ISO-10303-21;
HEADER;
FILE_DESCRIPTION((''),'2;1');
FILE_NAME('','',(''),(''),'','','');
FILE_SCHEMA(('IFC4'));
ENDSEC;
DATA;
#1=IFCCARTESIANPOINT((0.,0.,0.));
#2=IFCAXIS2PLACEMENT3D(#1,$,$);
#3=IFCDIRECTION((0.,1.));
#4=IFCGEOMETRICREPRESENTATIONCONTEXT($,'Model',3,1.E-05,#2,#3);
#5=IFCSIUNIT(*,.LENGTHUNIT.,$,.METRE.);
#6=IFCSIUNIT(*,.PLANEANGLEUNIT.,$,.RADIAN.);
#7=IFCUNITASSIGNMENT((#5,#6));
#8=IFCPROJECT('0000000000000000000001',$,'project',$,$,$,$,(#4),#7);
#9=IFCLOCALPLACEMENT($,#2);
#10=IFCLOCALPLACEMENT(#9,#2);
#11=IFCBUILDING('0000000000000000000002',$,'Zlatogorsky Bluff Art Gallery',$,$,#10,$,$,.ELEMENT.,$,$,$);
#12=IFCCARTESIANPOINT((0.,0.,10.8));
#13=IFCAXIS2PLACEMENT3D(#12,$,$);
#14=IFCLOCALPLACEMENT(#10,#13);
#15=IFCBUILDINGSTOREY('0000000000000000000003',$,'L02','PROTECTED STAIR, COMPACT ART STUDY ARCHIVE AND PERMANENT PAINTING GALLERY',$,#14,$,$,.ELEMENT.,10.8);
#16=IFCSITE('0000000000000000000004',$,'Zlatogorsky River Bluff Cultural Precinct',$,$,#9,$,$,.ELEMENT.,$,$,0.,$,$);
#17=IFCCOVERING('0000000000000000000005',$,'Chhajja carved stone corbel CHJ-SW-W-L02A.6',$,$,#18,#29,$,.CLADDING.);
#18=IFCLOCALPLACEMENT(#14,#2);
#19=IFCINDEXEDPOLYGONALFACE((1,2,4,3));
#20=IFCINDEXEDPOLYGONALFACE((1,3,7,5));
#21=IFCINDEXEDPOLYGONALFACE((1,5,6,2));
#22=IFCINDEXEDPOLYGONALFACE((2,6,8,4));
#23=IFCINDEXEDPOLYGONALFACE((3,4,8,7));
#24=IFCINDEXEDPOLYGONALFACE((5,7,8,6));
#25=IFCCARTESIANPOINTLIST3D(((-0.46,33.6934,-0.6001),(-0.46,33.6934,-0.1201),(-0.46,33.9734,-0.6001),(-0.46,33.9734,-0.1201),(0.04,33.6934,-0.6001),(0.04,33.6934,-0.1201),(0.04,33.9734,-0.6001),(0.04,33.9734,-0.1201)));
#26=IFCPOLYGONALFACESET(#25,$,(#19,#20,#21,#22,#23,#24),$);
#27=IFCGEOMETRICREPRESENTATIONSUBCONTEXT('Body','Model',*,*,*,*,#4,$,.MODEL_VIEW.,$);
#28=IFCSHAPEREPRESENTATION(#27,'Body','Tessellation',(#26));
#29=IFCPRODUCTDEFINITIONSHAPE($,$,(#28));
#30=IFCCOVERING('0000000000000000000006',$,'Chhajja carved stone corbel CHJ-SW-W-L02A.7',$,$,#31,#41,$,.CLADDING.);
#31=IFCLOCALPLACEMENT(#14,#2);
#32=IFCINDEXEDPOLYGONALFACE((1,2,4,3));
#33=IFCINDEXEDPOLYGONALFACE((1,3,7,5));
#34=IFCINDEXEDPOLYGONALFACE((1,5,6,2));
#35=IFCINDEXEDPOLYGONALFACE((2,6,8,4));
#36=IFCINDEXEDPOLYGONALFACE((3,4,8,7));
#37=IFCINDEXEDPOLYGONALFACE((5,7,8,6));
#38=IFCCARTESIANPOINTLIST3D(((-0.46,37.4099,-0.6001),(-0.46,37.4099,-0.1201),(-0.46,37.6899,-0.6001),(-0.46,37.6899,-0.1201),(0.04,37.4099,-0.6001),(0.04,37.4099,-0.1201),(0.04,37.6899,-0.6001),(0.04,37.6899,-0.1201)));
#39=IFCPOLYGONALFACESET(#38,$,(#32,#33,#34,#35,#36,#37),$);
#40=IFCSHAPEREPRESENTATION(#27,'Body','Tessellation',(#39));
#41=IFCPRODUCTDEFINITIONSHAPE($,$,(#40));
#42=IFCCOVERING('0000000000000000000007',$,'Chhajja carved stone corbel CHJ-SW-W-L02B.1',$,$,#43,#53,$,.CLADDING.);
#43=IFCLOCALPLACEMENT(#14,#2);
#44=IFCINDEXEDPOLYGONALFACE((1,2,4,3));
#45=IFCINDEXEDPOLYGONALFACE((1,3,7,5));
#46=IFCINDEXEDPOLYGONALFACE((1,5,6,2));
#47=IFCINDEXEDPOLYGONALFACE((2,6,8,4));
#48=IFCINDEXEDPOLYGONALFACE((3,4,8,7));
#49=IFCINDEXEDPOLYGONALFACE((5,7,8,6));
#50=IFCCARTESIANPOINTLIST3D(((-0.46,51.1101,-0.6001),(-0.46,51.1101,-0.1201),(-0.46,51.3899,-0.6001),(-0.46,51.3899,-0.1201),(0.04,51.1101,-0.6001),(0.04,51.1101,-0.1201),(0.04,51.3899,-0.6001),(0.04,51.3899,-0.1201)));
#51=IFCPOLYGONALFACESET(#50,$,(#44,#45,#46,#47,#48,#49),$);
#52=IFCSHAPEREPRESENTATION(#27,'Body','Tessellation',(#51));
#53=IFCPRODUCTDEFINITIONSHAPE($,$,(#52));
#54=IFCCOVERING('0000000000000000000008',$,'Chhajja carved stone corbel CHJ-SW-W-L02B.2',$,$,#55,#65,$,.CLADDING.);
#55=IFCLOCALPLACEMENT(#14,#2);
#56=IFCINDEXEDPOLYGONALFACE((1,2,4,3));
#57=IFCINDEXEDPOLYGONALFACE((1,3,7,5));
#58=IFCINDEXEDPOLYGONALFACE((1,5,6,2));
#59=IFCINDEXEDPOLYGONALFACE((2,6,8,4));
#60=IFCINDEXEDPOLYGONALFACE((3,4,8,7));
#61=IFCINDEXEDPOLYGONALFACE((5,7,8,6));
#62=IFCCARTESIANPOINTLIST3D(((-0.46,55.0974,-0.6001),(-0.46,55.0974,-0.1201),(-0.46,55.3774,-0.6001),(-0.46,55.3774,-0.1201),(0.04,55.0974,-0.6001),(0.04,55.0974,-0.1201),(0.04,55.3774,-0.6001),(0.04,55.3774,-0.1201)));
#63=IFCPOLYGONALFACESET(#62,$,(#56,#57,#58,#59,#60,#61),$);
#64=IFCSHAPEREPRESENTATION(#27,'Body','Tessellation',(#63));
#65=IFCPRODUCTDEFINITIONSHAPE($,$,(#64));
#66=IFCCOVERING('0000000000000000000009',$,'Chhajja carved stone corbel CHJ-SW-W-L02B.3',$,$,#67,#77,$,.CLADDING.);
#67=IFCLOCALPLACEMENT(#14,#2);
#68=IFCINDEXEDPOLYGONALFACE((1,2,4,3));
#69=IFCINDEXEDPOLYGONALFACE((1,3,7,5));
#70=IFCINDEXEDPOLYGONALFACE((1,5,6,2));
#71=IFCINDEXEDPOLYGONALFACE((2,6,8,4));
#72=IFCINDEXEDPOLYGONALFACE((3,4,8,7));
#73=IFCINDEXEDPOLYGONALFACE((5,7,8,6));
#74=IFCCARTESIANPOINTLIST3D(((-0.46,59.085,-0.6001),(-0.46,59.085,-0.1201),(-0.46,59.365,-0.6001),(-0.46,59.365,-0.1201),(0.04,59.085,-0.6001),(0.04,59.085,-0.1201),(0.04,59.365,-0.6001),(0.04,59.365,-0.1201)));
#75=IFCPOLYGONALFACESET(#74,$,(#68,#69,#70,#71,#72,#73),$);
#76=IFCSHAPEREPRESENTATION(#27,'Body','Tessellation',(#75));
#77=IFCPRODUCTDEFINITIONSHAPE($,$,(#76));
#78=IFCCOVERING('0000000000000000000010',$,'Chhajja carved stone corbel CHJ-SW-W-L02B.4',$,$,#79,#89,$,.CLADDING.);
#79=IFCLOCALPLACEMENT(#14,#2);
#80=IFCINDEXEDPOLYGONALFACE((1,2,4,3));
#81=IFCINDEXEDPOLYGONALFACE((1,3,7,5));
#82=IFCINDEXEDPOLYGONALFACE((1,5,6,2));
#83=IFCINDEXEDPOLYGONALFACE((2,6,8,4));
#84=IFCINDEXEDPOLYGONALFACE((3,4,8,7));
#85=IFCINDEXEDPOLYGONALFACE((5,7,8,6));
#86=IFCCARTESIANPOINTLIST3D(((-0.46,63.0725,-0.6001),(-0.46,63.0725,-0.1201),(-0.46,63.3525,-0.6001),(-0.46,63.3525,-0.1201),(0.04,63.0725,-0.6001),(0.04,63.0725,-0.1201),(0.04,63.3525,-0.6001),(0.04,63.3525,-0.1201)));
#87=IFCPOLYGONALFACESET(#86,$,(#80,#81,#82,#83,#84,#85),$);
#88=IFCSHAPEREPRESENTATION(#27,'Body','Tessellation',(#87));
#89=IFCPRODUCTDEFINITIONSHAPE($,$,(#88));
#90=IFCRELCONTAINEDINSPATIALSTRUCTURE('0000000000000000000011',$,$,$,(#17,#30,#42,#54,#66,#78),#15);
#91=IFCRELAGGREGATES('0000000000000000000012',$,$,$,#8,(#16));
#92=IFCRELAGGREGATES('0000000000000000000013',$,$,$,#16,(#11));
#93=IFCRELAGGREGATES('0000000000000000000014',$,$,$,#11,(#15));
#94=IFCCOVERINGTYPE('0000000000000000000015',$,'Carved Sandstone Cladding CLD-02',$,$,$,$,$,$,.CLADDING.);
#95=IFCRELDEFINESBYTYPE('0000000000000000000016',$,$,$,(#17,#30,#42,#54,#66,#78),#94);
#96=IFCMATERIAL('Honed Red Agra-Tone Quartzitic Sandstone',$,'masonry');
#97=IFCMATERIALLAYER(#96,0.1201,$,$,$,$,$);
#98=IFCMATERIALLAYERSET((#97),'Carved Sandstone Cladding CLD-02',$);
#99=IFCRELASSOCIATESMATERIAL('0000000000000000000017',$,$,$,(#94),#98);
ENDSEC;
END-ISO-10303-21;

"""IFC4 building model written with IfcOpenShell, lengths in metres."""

from ifc_helpers import new_model, si_unit, direction, frame, origin, place, context, subcontext, project, spatial, polyline, outline, extrude, material, layer, layer_set, type_object, element, save


model = new_model("IFC4")

# Units and contexts
model_context = context("Model", 3, precision=1e-05, world=origin(), true_north=direction((0.0, 1.0)))
body_context = subcontext(model_context, "Body", "Model", "MODEL_VIEW")
ifc_project = project(units=[si_unit("LENGTHUNIT", "METRE"), si_unit("PLANEANGLEUNIT", "RADIAN")], contexts=[model_context])

# Site, building, storey
site_placement = place(None, origin())
site = spatial("IfcSite", under=ifc_project, at=site_placement, Name="Zlatogorsky River Bluff Cultural Precinct", CompositionType="ELEMENT", RefElevation=0.0)
building_placement = place(site_placement, origin())
building = spatial("IfcBuilding", under=site, at=building_placement, Name="Zlatogorsky Bluff Art Gallery", CompositionType="ELEMENT")
storey_placement = place(building_placement, frame((0.0, 0.0, 10.8)))
storey = spatial("IfcBuildingStorey", under=building, at=storey_placement, Name="L02", Description="PROTECTED STAIR, COMPACT ART STUDY ARCHIVE AND PERMANENT PAINTING GALLERY", CompositionType="ELEMENT", Elevation=10.8)

# Coverings
ifc_material = material(Name="Honed Red Agra-Tone Quartzitic Sandstone", Category="masonry")
ifc_layer = layer(ifc_material, 0.1201)
ifc_layer_set = layer_set([ifc_layer], Name="Carved Sandstone Cladding CLD-02")
covering_type = type_object("IfcCoveringType", Name="Carved Sandstone Cladding CLD-02", PredefinedType="CLADDING", material=ifc_layer_set)
covering_1_placement = place(storey_placement, frame((0.0, 0.0, -0.6001)))
element("IfcCovering", 1, at=covering_1_placement, inside=storey, type_object=covering_type, Name="Chhajja carved stone corbel CHJ-SW-W-L02A.6", PredefinedType="CLADDING", context=body_context, shape_type="SweptSolid", body=[
    extrude(outline(polyline([(-0.46, 33.6934), (-0.46, 33.9734), (0.04, 33.9734), (0.04, 33.6934), (-0.46, 33.6934)])), origin(), (0.0, 0.0, 1.0), 0.48),
])
covering_2_placement = place(storey_placement, frame((0.0, 0.0, -0.6001)))
element("IfcCovering", 2, at=covering_2_placement, inside=storey, type_object=covering_type, Name="Chhajja carved stone corbel CHJ-SW-W-L02A.7", PredefinedType="CLADDING", context=body_context, shape_type="SweptSolid", body=[
    extrude(outline(polyline([(-0.46, 37.4099), (-0.46, 37.6899), (0.04, 37.6899), (0.04, 37.4099), (-0.46, 37.4099)])), origin(), (0.0, 0.0, 1.0), 0.48),
])
covering_3_placement = place(storey_placement, frame((0.0, 0.0, -0.6001)))
element("IfcCovering", 3, at=covering_3_placement, inside=storey, type_object=covering_type, Name="Chhajja carved stone corbel CHJ-SW-W-L02B.1", PredefinedType="CLADDING", context=body_context, shape_type="SweptSolid", body=[
    extrude(outline(polyline([(-0.46, 51.1101), (-0.46, 51.3899), (0.04, 51.3899), (0.04, 51.1101), (-0.46, 51.1101)])), origin(), (0.0, 0.0, 1.0), 0.48),
])
covering_4_placement = place(storey_placement, frame((0.0, 0.0, -0.6001)))
element("IfcCovering", 4, at=covering_4_placement, inside=storey, type_object=covering_type, Name="Chhajja carved stone corbel CHJ-SW-W-L02B.2", PredefinedType="CLADDING", context=body_context, shape_type="SweptSolid", body=[
    extrude(outline(polyline([(-0.46, 55.0974), (-0.46, 55.3774), (0.04, 55.3774), (0.04, 55.0974), (-0.46, 55.0974)])), origin(), (0.0, 0.0, 1.0), 0.48),
])
covering_5_placement = place(storey_placement, frame((0.0, 0.0, -0.6001)))
element("IfcCovering", 5, at=covering_5_placement, inside=storey, type_object=covering_type, Name="Chhajja carved stone corbel CHJ-SW-W-L02B.3", PredefinedType="CLADDING", context=body_context, shape_type="SweptSolid", body=[
    extrude(outline(polyline([(-0.46, 59.085), (-0.46, 59.365), (0.04, 59.365), (0.04, 59.085), (-0.46, 59.085)])), origin(), (0.0, 0.0, 1.0), 0.48),
])
covering_6_placement = place(storey_placement, frame((0.0, 0.0, -0.6001)))
element("IfcCovering", 6, at=covering_6_placement, inside=storey, type_object=covering_type, Name="Chhajja carved stone corbel CHJ-SW-W-L02B.4", PredefinedType="CLADDING", context=body_context, shape_type="SweptSolid", body=[
    extrude(outline(polyline([(-0.46, 63.0725), (-0.46, 63.3525), (0.04, 63.3525), (0.04, 63.0725), (-0.46, 63.0725)])), origin(), (0.0, 0.0, 1.0), 0.48),
])

save(model, "model.ifc")
